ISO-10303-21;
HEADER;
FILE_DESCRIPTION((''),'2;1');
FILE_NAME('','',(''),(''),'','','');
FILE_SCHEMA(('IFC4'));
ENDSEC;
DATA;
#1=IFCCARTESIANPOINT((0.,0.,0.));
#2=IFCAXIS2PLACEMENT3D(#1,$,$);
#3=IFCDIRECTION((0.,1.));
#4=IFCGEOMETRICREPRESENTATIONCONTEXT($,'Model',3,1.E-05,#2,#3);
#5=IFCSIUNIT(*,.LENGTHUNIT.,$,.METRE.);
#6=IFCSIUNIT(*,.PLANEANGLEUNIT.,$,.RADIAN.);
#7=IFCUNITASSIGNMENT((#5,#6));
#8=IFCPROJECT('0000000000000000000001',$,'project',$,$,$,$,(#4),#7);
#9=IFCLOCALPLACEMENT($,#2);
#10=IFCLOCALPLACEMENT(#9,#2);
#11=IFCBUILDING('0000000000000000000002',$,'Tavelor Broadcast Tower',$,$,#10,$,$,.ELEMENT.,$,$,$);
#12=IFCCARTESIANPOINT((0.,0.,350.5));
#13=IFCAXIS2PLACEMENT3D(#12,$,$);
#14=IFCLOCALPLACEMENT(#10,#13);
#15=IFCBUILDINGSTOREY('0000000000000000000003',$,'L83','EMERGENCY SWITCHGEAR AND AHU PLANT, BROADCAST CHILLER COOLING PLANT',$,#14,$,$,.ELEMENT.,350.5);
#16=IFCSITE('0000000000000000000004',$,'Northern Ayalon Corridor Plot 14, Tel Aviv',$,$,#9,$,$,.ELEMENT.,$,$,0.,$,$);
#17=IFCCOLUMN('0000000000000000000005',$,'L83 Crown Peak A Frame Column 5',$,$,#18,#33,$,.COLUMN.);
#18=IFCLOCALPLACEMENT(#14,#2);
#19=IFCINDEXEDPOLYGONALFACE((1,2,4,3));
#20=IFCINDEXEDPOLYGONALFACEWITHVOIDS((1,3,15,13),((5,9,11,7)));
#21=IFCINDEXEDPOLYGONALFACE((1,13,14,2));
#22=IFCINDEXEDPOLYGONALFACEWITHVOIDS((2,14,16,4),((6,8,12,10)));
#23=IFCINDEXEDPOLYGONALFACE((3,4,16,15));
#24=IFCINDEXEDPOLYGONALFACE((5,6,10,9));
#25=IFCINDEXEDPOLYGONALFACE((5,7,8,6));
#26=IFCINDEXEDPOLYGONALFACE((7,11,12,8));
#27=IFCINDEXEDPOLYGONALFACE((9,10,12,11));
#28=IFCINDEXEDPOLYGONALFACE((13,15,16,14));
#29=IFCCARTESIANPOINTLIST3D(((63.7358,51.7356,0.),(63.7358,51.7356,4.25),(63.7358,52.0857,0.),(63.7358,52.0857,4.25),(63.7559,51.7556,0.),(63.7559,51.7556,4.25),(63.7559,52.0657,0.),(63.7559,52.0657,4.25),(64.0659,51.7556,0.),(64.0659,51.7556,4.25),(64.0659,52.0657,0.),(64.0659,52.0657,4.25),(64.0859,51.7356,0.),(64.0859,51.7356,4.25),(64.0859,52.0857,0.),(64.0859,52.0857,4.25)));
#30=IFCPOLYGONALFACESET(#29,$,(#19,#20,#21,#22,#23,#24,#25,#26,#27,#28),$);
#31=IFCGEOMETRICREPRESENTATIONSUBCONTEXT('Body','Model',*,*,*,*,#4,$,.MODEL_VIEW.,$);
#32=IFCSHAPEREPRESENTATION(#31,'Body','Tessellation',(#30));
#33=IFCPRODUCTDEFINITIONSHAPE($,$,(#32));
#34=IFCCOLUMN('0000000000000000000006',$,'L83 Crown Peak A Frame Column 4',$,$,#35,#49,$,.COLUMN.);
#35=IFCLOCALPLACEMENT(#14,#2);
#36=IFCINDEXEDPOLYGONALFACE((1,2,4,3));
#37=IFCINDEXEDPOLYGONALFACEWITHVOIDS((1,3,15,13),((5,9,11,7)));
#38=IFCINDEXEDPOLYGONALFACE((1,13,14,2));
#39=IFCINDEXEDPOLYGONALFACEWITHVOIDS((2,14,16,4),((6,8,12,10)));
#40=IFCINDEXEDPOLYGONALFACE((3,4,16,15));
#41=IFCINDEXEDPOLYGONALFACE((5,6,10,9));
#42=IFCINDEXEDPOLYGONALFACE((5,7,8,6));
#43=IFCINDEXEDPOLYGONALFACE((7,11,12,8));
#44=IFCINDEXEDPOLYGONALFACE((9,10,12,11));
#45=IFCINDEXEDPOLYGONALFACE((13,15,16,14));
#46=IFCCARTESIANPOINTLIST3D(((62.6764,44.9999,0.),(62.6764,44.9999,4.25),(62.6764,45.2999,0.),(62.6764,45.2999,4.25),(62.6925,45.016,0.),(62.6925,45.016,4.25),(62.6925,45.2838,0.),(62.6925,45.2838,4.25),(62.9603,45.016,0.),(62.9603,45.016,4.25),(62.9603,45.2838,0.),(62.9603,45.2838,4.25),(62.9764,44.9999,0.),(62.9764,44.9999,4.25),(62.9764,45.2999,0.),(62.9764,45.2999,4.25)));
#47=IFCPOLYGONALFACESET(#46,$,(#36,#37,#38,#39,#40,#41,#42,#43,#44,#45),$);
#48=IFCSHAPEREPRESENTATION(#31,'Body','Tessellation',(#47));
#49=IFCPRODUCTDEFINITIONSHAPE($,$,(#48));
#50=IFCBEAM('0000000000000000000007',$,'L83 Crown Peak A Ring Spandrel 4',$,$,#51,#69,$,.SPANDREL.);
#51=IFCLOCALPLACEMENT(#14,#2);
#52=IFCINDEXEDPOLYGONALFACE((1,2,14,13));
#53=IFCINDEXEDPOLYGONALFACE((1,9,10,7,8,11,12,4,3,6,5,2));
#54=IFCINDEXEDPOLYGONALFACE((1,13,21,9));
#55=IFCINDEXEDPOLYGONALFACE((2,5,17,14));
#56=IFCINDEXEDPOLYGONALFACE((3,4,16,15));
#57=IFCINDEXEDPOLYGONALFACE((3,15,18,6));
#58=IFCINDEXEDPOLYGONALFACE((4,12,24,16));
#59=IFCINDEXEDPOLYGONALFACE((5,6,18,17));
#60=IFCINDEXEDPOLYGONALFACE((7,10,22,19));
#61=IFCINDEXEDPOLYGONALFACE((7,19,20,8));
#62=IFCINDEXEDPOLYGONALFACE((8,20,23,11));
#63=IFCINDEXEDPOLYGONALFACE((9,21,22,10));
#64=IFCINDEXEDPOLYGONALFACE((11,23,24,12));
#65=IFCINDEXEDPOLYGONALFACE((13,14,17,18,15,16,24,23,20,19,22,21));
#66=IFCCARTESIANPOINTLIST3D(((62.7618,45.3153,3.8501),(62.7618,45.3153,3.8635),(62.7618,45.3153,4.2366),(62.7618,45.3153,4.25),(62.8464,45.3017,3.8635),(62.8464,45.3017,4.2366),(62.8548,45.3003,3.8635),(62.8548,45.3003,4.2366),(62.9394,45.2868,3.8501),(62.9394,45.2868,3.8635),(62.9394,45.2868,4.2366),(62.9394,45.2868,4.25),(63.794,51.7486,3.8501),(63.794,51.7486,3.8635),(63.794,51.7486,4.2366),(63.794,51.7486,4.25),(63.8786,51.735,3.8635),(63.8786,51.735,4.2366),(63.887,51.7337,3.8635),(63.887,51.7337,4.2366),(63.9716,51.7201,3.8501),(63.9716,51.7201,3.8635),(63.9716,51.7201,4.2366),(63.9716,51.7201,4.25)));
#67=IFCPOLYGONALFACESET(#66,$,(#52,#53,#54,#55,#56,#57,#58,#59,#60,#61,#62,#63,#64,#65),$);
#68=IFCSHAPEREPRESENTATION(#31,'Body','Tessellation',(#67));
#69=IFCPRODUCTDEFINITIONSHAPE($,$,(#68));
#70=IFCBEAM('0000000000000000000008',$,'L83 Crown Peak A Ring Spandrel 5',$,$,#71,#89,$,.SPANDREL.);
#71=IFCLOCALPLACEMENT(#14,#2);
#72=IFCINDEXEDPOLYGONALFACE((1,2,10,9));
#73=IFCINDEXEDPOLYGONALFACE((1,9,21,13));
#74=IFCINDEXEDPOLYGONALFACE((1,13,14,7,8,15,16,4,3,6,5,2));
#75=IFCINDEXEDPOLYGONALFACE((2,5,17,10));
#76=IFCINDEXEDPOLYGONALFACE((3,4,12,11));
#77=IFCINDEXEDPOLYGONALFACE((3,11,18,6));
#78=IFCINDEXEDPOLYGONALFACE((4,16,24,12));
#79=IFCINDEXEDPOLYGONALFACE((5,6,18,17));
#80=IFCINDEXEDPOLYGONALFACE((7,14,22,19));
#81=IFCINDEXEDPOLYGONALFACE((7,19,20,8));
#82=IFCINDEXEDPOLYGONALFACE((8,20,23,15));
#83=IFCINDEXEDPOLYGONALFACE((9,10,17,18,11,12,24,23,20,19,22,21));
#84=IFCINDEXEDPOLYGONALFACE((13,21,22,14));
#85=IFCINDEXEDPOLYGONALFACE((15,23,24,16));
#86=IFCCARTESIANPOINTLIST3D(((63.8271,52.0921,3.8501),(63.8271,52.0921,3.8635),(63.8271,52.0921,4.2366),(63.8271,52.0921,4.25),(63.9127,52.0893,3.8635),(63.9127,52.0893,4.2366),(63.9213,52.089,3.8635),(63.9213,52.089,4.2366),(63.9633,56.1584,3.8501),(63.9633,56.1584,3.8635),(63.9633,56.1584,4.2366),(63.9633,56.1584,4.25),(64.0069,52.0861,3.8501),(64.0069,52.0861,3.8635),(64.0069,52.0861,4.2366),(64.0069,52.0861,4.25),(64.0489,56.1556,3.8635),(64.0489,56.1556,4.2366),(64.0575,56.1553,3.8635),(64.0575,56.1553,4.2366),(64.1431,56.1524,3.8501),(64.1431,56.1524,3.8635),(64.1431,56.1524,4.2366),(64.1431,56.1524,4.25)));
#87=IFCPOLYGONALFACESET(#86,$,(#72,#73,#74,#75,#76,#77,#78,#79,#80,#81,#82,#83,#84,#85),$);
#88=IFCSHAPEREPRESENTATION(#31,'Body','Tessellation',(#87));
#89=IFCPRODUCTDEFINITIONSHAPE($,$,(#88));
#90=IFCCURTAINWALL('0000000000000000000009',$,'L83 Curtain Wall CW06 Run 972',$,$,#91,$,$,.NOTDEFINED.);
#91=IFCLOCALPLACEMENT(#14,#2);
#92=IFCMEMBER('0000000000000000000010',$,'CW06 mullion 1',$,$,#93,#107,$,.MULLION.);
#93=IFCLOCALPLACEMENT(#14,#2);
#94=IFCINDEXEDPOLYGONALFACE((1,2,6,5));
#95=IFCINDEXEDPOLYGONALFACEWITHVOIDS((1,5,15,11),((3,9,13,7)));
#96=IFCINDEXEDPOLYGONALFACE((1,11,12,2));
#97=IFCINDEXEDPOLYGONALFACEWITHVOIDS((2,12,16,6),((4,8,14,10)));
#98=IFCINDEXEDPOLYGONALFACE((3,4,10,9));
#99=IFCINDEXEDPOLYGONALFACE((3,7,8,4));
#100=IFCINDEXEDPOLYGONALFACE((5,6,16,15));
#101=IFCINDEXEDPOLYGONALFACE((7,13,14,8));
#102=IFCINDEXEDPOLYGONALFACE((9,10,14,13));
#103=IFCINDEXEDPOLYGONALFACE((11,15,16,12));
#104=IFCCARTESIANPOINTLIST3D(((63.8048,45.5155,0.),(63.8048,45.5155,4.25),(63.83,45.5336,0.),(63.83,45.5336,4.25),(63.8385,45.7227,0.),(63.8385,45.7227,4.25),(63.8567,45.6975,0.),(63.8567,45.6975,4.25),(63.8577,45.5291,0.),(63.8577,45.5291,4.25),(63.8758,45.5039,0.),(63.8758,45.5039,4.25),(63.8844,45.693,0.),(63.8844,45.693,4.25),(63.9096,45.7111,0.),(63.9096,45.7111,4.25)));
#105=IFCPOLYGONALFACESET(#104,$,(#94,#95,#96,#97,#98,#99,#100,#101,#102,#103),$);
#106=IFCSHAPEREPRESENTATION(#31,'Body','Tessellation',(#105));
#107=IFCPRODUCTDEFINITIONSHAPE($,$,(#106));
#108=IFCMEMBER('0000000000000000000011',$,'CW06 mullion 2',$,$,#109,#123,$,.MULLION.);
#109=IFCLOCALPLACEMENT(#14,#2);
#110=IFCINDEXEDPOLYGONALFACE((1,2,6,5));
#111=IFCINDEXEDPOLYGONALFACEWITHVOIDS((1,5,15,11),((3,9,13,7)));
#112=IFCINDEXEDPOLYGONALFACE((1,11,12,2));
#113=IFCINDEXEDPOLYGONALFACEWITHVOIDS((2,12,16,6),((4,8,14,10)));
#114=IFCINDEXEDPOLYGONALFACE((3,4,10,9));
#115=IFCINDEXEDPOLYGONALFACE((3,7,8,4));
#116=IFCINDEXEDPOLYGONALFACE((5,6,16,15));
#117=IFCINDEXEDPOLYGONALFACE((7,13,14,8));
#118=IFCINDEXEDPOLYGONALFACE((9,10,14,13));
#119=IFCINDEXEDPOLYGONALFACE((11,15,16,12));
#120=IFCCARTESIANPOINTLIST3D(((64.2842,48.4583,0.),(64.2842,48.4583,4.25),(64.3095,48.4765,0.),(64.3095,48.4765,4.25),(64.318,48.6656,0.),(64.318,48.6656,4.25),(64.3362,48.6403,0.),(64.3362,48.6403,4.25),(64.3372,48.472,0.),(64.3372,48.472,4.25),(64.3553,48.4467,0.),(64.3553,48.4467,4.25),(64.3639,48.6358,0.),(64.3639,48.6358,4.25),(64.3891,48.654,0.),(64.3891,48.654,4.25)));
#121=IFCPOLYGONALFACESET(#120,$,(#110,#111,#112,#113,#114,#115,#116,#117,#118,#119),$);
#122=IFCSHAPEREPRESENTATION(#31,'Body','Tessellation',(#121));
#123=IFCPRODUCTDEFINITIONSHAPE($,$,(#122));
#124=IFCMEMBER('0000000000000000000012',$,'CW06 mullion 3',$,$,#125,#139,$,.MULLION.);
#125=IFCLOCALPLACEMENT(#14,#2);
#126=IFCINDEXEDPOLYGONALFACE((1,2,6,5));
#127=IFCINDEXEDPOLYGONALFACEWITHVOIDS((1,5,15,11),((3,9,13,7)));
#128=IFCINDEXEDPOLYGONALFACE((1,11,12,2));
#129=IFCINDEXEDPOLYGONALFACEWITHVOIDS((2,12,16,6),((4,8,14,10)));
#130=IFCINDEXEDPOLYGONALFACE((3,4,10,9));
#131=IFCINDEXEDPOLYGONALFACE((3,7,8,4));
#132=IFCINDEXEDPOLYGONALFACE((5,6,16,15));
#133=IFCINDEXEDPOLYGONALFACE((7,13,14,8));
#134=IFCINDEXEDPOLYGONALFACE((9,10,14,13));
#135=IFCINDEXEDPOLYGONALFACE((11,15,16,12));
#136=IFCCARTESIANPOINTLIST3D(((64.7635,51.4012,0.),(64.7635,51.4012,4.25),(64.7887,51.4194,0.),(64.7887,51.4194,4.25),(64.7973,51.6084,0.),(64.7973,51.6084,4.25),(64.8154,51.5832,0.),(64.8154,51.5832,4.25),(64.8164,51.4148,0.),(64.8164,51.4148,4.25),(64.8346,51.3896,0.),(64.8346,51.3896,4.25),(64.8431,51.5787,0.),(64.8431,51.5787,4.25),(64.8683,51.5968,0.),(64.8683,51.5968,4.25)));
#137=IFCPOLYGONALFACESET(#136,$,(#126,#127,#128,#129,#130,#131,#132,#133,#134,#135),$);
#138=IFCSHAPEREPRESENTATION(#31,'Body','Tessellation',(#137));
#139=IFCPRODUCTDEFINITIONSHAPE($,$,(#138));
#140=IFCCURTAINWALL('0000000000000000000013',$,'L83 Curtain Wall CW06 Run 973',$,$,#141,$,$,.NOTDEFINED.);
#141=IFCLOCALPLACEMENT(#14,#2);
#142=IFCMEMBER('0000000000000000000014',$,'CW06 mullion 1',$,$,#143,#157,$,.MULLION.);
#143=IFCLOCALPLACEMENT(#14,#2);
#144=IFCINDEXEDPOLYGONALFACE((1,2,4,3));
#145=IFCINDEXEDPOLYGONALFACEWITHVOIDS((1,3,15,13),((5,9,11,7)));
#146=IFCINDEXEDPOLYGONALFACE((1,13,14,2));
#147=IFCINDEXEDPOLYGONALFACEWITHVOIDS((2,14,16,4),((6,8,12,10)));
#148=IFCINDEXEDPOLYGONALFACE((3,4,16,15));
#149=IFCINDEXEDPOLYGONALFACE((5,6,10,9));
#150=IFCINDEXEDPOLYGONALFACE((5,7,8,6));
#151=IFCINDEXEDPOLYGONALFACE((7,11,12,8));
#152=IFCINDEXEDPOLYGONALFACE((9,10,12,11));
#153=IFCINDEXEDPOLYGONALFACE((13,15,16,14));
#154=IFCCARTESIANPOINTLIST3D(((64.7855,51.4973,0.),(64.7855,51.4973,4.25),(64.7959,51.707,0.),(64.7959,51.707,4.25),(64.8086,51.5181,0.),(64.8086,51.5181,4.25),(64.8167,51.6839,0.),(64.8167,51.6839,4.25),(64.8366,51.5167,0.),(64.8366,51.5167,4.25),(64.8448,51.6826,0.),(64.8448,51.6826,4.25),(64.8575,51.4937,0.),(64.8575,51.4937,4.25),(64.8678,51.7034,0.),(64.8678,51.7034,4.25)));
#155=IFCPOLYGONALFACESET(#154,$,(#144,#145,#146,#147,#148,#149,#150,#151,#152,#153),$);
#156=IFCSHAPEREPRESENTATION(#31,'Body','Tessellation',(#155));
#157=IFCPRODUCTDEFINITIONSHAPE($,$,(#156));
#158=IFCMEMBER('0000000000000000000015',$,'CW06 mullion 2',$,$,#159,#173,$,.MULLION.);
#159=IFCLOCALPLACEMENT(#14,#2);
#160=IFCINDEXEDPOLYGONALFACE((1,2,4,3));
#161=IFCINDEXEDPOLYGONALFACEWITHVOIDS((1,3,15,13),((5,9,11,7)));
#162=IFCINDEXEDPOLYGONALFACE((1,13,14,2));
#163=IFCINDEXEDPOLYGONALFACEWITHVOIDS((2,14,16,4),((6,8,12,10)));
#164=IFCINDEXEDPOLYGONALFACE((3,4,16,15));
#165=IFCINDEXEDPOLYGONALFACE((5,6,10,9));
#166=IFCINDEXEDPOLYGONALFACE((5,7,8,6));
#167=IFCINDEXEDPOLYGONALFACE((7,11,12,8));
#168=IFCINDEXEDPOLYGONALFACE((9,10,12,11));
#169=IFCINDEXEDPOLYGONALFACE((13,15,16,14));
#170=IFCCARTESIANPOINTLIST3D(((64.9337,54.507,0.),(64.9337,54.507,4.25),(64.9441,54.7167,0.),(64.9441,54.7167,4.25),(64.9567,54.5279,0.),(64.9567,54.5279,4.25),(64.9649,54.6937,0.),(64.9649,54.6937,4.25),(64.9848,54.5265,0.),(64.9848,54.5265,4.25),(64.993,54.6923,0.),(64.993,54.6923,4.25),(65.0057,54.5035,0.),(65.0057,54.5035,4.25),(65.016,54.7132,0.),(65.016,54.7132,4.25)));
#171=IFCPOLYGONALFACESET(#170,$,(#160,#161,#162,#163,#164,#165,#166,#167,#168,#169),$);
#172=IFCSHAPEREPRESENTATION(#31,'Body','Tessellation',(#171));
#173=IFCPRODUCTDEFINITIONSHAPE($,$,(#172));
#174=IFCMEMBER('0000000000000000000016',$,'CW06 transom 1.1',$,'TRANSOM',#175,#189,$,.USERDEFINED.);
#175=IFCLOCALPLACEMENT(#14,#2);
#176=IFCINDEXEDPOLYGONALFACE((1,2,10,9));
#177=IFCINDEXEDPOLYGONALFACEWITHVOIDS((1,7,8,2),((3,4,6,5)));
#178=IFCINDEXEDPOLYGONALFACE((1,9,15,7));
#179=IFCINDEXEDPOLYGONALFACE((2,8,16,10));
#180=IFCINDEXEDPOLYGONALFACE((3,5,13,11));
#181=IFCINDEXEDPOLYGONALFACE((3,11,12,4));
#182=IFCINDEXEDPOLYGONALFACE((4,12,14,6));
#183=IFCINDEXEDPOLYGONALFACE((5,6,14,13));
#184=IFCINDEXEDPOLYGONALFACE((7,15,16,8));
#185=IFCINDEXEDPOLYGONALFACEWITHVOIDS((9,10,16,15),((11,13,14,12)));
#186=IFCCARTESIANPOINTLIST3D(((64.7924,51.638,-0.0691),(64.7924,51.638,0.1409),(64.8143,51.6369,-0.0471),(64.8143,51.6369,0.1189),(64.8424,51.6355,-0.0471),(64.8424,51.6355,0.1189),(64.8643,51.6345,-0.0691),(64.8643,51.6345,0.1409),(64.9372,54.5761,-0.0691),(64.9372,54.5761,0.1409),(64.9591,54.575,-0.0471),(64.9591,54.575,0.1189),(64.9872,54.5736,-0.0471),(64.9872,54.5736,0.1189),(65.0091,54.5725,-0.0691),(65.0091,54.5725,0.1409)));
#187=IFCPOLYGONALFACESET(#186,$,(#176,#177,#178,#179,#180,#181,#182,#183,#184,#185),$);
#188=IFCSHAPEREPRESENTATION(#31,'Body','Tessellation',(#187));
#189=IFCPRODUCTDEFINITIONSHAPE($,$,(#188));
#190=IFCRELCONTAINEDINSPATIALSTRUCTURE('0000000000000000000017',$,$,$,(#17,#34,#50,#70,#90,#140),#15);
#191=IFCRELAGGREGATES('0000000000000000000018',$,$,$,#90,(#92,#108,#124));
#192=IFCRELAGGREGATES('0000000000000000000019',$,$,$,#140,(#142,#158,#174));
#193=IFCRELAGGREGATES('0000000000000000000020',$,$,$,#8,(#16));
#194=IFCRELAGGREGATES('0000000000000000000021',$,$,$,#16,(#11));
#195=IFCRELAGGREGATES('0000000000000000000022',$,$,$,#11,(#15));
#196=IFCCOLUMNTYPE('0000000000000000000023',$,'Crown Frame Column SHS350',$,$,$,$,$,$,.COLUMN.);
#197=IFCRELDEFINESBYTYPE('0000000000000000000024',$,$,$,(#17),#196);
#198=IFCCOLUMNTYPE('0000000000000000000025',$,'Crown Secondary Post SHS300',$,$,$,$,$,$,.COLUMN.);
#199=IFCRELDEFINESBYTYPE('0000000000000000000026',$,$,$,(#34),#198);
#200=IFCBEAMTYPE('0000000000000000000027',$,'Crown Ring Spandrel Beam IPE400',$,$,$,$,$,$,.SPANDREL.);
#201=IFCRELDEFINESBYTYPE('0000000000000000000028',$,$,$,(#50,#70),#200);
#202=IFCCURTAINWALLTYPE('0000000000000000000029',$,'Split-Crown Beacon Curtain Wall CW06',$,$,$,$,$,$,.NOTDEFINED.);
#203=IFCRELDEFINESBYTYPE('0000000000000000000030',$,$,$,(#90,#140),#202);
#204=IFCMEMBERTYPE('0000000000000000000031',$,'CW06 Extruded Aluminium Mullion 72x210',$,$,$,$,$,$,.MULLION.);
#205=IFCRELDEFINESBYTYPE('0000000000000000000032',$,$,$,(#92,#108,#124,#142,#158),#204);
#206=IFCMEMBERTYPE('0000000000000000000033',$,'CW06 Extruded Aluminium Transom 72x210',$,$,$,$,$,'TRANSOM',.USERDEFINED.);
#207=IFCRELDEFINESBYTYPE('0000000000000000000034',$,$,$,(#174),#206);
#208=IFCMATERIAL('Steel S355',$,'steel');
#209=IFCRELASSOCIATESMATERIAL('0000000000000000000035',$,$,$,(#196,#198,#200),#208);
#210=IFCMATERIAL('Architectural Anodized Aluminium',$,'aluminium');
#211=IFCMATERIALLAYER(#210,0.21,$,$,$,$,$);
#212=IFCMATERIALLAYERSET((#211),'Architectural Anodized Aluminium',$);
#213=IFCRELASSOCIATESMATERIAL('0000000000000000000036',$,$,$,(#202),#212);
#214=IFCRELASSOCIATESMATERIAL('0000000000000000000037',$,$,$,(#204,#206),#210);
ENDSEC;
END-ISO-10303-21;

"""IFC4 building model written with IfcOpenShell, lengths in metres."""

from ifc_helpers import new_model, si_unit, direction, frame, origin, origin_2d, place, context, subcontext, project, spatial, hollow_rectangle, i_section, extrude, source, transform, mapped, material, layer, layer_set, material_profile, profile_set, type_object, type_shapes, element, aggregate, save


model = new_model("IFC4")

# Units and contexts
model_context = context("Model", 3, precision=1e-05, world=origin(), true_north=direction((0.0, 1.0)))
body_context = subcontext(model_context, "Body", "Model", "MODEL_VIEW")
ifc_project = project(units=[si_unit("LENGTHUNIT", "METRE"), si_unit("PLANEANGLEUNIT", "RADIAN")], contexts=[model_context])

# Site, building, storey
site_placement = place(None, origin())
site = spatial("IfcSite", under=ifc_project, at=site_placement, Name="Northern Ayalon Corridor Plot 14, Tel Aviv", CompositionType="ELEMENT", RefElevation=0.0)
building_placement = place(site_placement, origin())
building = spatial("IfcBuilding", under=site, at=building_placement, Name="Tavelor Broadcast Tower", CompositionType="ELEMENT")
storey_placement = place(building_placement, frame((0.0, 0.0, 350.5)))
storey = spatial("IfcBuildingStorey", under=building, at=storey_placement, Name="L83", Description="EMERGENCY SWITCHGEAR AND AHU PLANT, BROADCAST CHILLER COOLING PLANT", CompositionType="ELEMENT", Elevation=350.5)

# Columns
ifc_material_1 = material(Name="Steel S355", Category="steel")
ifc_material_profile_1 = material_profile(ifc_material_1, hollow_rectangle(XDim=0.3501, YDim=0.3501, WallThickness=0.02, at=origin_2d()), Name="SHS 350x350x20")
ifc_profile_set_1 = profile_set([ifc_material_profile_1], Name="Steel S355")
column_type_1 = type_object("IfcColumnType", Name="Crown Frame Column SHS350", PredefinedType="COLUMN", material=ifc_profile_set_1)
column_1_placement = place(storey_placement, frame((63.9109, 51.9106, 0.0), z_axis=(0.0, 0.0, 1.0), x_axis=(1.0, 0.0, 0.0)))
element("IfcColumn", 1, at=column_1_placement, inside=storey, type_object=column_type_1, Name="L83 Crown Peak A Frame Column 5", PredefinedType="COLUMN", context=body_context, shape_type="SweptSolid", body=[
    extrude(hollow_rectangle(XDim=0.3501, YDim=0.3501, WallThickness=0.02, at=origin_2d()), origin(), (0.0, 0.0, 1.0), 4.25),
])
ifc_material_profile_2 = material_profile(ifc_material_1, hollow_rectangle(XDim=0.3, YDim=0.3, WallThickness=0.0161, at=origin_2d()), Name="SHS 300x300x16")
ifc_profile_set_2 = profile_set([ifc_material_profile_2], Name="Steel S355")
column_type_2 = type_object("IfcColumnType", Name="Crown Secondary Post SHS300", PredefinedType="COLUMN", material=ifc_profile_set_2)
column_2_placement = place(storey_placement, frame((62.8264, 45.1499, 0.0), z_axis=(0.0, 0.0, 1.0), x_axis=(1.0, 0.0, 0.0)))
element("IfcColumn", 2, at=column_2_placement, inside=storey, type_object=column_type_2, Name="L83 Crown Peak A Frame Column 4", PredefinedType="COLUMN", context=body_context, shape_type="SweptSolid", body=[
    extrude(hollow_rectangle(XDim=0.3, YDim=0.3, WallThickness=0.0161, at=origin_2d()), origin(), (0.0, 0.0, 1.0), 4.25),
])

# Beams
ifc_material_profile_3 = material_profile(ifc_material_1, i_section(OverallWidth=0.1799, OverallDepth=0.3999, WebThickness=0.0085, FlangeThickness=0.0134, at=origin_2d()), Name="IPE 400")
ifc_profile_set_3 = profile_set([ifc_material_profile_3], Name="Steel S355")
beam_type = type_object("IfcBeamType", Name="Crown Ring Spandrel Beam IPE400", PredefinedType="SPANDREL", material=ifc_profile_set_3)
beam_1_placement = place(storey_placement, frame((62.8506, 45.301, 4.05), z_axis=(0.158423, 0.987371, 0.0), x_axis=(-0.987371, 0.158423, 0.0)))
element("IfcBeam", 3, at=beam_1_placement, inside=storey, type_object=beam_type, Name="L83 Crown Peak A Ring Spandrel 4", PredefinedType="SPANDREL", context=body_context, shape_type="SweptSolid", body=[
    extrude(i_section(OverallWidth=0.1799, OverallDepth=0.3999, WebThickness=0.0085, FlangeThickness=0.0134, at=origin_2d()), origin(), (0.0, 0.0, 1.0), 6.5156),
])
beam_2_placement = place(storey_placement, frame((63.917, 52.0891, 4.05), z_axis=(0.033483, 0.999439, 0.0), x_axis=(-0.999439, 0.033483, 0.0)))
element("IfcBeam", 4, at=beam_2_placement, inside=storey, type_object=beam_type, Name="L83 Crown Peak A Ring Spandrel 5", PredefinedType="SPANDREL", context=body_context, shape_type="SweptSolid", body=[
    extrude(i_section(OverallWidth=0.1799, OverallDepth=0.3999, WebThickness=0.0085, FlangeThickness=0.0134, at=origin_2d()), origin(), (0.0, 0.0, 1.0), 4.0686),
])

# Curtain walls, members
ifc_material_2 = material(Name="Architectural Anodized Aluminium", Category="aluminium")
ifc_layer_1 = layer(ifc_material_2, 0.21)
ifc_layer_set_1 = layer_set([ifc_layer_1], Name="Architectural Anodized Aluminium")
curtain_wall_type = type_object("IfcCurtainWallType", Name="Split-Crown Beacon Curtain Wall CW06", PredefinedType="NOTDEFINED", material=ifc_layer_set_1)
curtain_wall_1_placement = place(storey_placement, origin())
curtain_wall_1 = element("IfcCurtainWall", 5, at=curtain_wall_1_placement, inside=storey, type_object=curtain_wall_type, Name="L83 Curtain Wall CW06 Run 972", PredefinedType="NOTDEFINED")
ifc_material_profile_4 = material_profile(ifc_material_2, hollow_rectangle(XDim=0.072, YDim=0.21, WallThickness=0.022, at=origin_2d()), Name="RHS 72x210x22")
ifc_profile_set_4 = profile_set([ifc_material_profile_4], Name="Architectural Anodized Aluminium")
member_type_1 = type_object("IfcMemberType", Name="CW06 Extruded Aluminium Mullion 72x210", PredefinedType="MULLION", material=ifc_profile_set_4)
shared_shape_1 = source(origin(), body_context, "Body", "SweptSolid", [
    extrude(hollow_rectangle(XDim=0.072, YDim=0.21, WallThickness=0.022, at=origin_2d()), origin(), (0.0, 0.0, 1.0), 4.25),
])
type_shapes(member_type_1, [shared_shape_1])
member_1_placement = place(storey_placement, frame((63.8572, 45.6133, 0.0), z_axis=(0.0, 0.0, 1.0), x_axis=(-0.986991, 0.160773, 0.0)))
member_1 = element("IfcMember", 6, at=member_1_placement, type_object=member_type_1, Name="CW06 mullion 1", PredefinedType="MULLION", context=body_context, shape_type="MappedRepresentation", body=[
    mapped(shared_shape_1, transform((0.0, 0.0, 0.0), scale=1.0)),
])
member_2_placement = place(storey_placement, frame((64.3367, 48.5562, 0.0), z_axis=(0.0, 0.0, 1.0), x_axis=(-0.986991, 0.160773, 0.0)))
member_2 = element("IfcMember", 7, at=member_2_placement, type_object=member_type_1, Name="CW06 mullion 2", PredefinedType="MULLION", context=body_context, shape_type="MappedRepresentation", body=[
    mapped(shared_shape_1, transform((0.0, 0.0, 0.0), scale=1.0)),
])
member_3_placement = place(storey_placement, frame((64.8159, 51.499, 0.0), z_axis=(0.0, 0.0, 1.0), x_axis=(-0.986991, 0.160773, 0.0)))
member_3 = element("IfcMember", 8, at=member_3_placement, type_object=member_type_1, Name="CW06 mullion 3", PredefinedType="MULLION", context=body_context, shape_type="MappedRepresentation", body=[
    mapped(shared_shape_1, transform((0.0, 0.0, 0.0), scale=1.0)),
])
curtain_wall_2_placement = place(storey_placement, origin())
curtain_wall_2 = element("IfcCurtainWall", 9, at=curtain_wall_2_placement, inside=storey, type_object=curtain_wall_type, Name="L83 Curtain Wall CW06 Run 973", PredefinedType="NOTDEFINED")
member_4_placement = place(storey_placement, frame((64.8267, 51.6003, 0.0), z_axis=(0.0, 0.0, 1.0), x_axis=(-0.998789, 0.049204, 0.0)))
member_4 = element("IfcMember", 10, at=member_4_placement, type_object=member_type_1, Name="CW06 mullion 1", PredefinedType="MULLION", context=body_context, shape_type="MappedRepresentation", body=[
    mapped(shared_shape_1, transform((0.0, 0.0, 0.0), scale=1.0)),
])
member_5_placement = place(storey_placement, frame((64.9749, 54.6101, 0.0), z_axis=(0.0, 0.0, 1.0), x_axis=(-0.998789, 0.049204, 0.0)))
member_5 = element("IfcMember", 11, at=member_5_placement, type_object=member_type_1, Name="CW06 mullion 2", PredefinedType="MULLION", context=body_context, shape_type="MappedRepresentation", body=[
    mapped(shared_shape_1, transform((0.0, 0.0, 0.0), scale=1.0)),
])
ifc_material_profile_5 = material_profile(ifc_material_2, hollow_rectangle(XDim=0.072, YDim=0.21, WallThickness=0.022, at=origin_2d()), Name="RHS 72x210x22")
ifc_profile_set_5 = profile_set([ifc_material_profile_5], Name="Architectural Anodized Aluminium")
member_type_2 = type_object("IfcMemberType", Name="CW06 Extruded Aluminium Transom 72x210", ElementType="TRANSOM", PredefinedType="USERDEFINED", material=ifc_profile_set_5)
shared_shape_2 = source(origin(), body_context, "Body", "SweptSolid", [
    extrude(hollow_rectangle(XDim=0.072, YDim=0.21, WallThickness=0.022, at=origin_2d()), origin(), (0.0, 0.0, 1.0), 2.9417),
])
member_6_placement = place(storey_placement, frame((64.8284, 51.6362, 0.0359), z_axis=(0.049217, 0.998788, 0.0), x_axis=(-0.998788, 0.049217, 0.0)))
member_6 = element("IfcMember", 12, at=member_6_placement, type_object=member_type_2, Name="CW06 transom 1.1", ObjectType="TRANSOM", PredefinedType="USERDEFINED", context=body_context, shape_type="MappedRepresentation", body=[
    mapped(shared_shape_2, transform((0.0, 0.0, 0.0), scale=1.0)),
])

aggregate(curtain_wall_1, [member_1, member_2, member_3])
aggregate(curtain_wall_2, [member_4, member_5, member_6])

save(model, "model.ifc")
